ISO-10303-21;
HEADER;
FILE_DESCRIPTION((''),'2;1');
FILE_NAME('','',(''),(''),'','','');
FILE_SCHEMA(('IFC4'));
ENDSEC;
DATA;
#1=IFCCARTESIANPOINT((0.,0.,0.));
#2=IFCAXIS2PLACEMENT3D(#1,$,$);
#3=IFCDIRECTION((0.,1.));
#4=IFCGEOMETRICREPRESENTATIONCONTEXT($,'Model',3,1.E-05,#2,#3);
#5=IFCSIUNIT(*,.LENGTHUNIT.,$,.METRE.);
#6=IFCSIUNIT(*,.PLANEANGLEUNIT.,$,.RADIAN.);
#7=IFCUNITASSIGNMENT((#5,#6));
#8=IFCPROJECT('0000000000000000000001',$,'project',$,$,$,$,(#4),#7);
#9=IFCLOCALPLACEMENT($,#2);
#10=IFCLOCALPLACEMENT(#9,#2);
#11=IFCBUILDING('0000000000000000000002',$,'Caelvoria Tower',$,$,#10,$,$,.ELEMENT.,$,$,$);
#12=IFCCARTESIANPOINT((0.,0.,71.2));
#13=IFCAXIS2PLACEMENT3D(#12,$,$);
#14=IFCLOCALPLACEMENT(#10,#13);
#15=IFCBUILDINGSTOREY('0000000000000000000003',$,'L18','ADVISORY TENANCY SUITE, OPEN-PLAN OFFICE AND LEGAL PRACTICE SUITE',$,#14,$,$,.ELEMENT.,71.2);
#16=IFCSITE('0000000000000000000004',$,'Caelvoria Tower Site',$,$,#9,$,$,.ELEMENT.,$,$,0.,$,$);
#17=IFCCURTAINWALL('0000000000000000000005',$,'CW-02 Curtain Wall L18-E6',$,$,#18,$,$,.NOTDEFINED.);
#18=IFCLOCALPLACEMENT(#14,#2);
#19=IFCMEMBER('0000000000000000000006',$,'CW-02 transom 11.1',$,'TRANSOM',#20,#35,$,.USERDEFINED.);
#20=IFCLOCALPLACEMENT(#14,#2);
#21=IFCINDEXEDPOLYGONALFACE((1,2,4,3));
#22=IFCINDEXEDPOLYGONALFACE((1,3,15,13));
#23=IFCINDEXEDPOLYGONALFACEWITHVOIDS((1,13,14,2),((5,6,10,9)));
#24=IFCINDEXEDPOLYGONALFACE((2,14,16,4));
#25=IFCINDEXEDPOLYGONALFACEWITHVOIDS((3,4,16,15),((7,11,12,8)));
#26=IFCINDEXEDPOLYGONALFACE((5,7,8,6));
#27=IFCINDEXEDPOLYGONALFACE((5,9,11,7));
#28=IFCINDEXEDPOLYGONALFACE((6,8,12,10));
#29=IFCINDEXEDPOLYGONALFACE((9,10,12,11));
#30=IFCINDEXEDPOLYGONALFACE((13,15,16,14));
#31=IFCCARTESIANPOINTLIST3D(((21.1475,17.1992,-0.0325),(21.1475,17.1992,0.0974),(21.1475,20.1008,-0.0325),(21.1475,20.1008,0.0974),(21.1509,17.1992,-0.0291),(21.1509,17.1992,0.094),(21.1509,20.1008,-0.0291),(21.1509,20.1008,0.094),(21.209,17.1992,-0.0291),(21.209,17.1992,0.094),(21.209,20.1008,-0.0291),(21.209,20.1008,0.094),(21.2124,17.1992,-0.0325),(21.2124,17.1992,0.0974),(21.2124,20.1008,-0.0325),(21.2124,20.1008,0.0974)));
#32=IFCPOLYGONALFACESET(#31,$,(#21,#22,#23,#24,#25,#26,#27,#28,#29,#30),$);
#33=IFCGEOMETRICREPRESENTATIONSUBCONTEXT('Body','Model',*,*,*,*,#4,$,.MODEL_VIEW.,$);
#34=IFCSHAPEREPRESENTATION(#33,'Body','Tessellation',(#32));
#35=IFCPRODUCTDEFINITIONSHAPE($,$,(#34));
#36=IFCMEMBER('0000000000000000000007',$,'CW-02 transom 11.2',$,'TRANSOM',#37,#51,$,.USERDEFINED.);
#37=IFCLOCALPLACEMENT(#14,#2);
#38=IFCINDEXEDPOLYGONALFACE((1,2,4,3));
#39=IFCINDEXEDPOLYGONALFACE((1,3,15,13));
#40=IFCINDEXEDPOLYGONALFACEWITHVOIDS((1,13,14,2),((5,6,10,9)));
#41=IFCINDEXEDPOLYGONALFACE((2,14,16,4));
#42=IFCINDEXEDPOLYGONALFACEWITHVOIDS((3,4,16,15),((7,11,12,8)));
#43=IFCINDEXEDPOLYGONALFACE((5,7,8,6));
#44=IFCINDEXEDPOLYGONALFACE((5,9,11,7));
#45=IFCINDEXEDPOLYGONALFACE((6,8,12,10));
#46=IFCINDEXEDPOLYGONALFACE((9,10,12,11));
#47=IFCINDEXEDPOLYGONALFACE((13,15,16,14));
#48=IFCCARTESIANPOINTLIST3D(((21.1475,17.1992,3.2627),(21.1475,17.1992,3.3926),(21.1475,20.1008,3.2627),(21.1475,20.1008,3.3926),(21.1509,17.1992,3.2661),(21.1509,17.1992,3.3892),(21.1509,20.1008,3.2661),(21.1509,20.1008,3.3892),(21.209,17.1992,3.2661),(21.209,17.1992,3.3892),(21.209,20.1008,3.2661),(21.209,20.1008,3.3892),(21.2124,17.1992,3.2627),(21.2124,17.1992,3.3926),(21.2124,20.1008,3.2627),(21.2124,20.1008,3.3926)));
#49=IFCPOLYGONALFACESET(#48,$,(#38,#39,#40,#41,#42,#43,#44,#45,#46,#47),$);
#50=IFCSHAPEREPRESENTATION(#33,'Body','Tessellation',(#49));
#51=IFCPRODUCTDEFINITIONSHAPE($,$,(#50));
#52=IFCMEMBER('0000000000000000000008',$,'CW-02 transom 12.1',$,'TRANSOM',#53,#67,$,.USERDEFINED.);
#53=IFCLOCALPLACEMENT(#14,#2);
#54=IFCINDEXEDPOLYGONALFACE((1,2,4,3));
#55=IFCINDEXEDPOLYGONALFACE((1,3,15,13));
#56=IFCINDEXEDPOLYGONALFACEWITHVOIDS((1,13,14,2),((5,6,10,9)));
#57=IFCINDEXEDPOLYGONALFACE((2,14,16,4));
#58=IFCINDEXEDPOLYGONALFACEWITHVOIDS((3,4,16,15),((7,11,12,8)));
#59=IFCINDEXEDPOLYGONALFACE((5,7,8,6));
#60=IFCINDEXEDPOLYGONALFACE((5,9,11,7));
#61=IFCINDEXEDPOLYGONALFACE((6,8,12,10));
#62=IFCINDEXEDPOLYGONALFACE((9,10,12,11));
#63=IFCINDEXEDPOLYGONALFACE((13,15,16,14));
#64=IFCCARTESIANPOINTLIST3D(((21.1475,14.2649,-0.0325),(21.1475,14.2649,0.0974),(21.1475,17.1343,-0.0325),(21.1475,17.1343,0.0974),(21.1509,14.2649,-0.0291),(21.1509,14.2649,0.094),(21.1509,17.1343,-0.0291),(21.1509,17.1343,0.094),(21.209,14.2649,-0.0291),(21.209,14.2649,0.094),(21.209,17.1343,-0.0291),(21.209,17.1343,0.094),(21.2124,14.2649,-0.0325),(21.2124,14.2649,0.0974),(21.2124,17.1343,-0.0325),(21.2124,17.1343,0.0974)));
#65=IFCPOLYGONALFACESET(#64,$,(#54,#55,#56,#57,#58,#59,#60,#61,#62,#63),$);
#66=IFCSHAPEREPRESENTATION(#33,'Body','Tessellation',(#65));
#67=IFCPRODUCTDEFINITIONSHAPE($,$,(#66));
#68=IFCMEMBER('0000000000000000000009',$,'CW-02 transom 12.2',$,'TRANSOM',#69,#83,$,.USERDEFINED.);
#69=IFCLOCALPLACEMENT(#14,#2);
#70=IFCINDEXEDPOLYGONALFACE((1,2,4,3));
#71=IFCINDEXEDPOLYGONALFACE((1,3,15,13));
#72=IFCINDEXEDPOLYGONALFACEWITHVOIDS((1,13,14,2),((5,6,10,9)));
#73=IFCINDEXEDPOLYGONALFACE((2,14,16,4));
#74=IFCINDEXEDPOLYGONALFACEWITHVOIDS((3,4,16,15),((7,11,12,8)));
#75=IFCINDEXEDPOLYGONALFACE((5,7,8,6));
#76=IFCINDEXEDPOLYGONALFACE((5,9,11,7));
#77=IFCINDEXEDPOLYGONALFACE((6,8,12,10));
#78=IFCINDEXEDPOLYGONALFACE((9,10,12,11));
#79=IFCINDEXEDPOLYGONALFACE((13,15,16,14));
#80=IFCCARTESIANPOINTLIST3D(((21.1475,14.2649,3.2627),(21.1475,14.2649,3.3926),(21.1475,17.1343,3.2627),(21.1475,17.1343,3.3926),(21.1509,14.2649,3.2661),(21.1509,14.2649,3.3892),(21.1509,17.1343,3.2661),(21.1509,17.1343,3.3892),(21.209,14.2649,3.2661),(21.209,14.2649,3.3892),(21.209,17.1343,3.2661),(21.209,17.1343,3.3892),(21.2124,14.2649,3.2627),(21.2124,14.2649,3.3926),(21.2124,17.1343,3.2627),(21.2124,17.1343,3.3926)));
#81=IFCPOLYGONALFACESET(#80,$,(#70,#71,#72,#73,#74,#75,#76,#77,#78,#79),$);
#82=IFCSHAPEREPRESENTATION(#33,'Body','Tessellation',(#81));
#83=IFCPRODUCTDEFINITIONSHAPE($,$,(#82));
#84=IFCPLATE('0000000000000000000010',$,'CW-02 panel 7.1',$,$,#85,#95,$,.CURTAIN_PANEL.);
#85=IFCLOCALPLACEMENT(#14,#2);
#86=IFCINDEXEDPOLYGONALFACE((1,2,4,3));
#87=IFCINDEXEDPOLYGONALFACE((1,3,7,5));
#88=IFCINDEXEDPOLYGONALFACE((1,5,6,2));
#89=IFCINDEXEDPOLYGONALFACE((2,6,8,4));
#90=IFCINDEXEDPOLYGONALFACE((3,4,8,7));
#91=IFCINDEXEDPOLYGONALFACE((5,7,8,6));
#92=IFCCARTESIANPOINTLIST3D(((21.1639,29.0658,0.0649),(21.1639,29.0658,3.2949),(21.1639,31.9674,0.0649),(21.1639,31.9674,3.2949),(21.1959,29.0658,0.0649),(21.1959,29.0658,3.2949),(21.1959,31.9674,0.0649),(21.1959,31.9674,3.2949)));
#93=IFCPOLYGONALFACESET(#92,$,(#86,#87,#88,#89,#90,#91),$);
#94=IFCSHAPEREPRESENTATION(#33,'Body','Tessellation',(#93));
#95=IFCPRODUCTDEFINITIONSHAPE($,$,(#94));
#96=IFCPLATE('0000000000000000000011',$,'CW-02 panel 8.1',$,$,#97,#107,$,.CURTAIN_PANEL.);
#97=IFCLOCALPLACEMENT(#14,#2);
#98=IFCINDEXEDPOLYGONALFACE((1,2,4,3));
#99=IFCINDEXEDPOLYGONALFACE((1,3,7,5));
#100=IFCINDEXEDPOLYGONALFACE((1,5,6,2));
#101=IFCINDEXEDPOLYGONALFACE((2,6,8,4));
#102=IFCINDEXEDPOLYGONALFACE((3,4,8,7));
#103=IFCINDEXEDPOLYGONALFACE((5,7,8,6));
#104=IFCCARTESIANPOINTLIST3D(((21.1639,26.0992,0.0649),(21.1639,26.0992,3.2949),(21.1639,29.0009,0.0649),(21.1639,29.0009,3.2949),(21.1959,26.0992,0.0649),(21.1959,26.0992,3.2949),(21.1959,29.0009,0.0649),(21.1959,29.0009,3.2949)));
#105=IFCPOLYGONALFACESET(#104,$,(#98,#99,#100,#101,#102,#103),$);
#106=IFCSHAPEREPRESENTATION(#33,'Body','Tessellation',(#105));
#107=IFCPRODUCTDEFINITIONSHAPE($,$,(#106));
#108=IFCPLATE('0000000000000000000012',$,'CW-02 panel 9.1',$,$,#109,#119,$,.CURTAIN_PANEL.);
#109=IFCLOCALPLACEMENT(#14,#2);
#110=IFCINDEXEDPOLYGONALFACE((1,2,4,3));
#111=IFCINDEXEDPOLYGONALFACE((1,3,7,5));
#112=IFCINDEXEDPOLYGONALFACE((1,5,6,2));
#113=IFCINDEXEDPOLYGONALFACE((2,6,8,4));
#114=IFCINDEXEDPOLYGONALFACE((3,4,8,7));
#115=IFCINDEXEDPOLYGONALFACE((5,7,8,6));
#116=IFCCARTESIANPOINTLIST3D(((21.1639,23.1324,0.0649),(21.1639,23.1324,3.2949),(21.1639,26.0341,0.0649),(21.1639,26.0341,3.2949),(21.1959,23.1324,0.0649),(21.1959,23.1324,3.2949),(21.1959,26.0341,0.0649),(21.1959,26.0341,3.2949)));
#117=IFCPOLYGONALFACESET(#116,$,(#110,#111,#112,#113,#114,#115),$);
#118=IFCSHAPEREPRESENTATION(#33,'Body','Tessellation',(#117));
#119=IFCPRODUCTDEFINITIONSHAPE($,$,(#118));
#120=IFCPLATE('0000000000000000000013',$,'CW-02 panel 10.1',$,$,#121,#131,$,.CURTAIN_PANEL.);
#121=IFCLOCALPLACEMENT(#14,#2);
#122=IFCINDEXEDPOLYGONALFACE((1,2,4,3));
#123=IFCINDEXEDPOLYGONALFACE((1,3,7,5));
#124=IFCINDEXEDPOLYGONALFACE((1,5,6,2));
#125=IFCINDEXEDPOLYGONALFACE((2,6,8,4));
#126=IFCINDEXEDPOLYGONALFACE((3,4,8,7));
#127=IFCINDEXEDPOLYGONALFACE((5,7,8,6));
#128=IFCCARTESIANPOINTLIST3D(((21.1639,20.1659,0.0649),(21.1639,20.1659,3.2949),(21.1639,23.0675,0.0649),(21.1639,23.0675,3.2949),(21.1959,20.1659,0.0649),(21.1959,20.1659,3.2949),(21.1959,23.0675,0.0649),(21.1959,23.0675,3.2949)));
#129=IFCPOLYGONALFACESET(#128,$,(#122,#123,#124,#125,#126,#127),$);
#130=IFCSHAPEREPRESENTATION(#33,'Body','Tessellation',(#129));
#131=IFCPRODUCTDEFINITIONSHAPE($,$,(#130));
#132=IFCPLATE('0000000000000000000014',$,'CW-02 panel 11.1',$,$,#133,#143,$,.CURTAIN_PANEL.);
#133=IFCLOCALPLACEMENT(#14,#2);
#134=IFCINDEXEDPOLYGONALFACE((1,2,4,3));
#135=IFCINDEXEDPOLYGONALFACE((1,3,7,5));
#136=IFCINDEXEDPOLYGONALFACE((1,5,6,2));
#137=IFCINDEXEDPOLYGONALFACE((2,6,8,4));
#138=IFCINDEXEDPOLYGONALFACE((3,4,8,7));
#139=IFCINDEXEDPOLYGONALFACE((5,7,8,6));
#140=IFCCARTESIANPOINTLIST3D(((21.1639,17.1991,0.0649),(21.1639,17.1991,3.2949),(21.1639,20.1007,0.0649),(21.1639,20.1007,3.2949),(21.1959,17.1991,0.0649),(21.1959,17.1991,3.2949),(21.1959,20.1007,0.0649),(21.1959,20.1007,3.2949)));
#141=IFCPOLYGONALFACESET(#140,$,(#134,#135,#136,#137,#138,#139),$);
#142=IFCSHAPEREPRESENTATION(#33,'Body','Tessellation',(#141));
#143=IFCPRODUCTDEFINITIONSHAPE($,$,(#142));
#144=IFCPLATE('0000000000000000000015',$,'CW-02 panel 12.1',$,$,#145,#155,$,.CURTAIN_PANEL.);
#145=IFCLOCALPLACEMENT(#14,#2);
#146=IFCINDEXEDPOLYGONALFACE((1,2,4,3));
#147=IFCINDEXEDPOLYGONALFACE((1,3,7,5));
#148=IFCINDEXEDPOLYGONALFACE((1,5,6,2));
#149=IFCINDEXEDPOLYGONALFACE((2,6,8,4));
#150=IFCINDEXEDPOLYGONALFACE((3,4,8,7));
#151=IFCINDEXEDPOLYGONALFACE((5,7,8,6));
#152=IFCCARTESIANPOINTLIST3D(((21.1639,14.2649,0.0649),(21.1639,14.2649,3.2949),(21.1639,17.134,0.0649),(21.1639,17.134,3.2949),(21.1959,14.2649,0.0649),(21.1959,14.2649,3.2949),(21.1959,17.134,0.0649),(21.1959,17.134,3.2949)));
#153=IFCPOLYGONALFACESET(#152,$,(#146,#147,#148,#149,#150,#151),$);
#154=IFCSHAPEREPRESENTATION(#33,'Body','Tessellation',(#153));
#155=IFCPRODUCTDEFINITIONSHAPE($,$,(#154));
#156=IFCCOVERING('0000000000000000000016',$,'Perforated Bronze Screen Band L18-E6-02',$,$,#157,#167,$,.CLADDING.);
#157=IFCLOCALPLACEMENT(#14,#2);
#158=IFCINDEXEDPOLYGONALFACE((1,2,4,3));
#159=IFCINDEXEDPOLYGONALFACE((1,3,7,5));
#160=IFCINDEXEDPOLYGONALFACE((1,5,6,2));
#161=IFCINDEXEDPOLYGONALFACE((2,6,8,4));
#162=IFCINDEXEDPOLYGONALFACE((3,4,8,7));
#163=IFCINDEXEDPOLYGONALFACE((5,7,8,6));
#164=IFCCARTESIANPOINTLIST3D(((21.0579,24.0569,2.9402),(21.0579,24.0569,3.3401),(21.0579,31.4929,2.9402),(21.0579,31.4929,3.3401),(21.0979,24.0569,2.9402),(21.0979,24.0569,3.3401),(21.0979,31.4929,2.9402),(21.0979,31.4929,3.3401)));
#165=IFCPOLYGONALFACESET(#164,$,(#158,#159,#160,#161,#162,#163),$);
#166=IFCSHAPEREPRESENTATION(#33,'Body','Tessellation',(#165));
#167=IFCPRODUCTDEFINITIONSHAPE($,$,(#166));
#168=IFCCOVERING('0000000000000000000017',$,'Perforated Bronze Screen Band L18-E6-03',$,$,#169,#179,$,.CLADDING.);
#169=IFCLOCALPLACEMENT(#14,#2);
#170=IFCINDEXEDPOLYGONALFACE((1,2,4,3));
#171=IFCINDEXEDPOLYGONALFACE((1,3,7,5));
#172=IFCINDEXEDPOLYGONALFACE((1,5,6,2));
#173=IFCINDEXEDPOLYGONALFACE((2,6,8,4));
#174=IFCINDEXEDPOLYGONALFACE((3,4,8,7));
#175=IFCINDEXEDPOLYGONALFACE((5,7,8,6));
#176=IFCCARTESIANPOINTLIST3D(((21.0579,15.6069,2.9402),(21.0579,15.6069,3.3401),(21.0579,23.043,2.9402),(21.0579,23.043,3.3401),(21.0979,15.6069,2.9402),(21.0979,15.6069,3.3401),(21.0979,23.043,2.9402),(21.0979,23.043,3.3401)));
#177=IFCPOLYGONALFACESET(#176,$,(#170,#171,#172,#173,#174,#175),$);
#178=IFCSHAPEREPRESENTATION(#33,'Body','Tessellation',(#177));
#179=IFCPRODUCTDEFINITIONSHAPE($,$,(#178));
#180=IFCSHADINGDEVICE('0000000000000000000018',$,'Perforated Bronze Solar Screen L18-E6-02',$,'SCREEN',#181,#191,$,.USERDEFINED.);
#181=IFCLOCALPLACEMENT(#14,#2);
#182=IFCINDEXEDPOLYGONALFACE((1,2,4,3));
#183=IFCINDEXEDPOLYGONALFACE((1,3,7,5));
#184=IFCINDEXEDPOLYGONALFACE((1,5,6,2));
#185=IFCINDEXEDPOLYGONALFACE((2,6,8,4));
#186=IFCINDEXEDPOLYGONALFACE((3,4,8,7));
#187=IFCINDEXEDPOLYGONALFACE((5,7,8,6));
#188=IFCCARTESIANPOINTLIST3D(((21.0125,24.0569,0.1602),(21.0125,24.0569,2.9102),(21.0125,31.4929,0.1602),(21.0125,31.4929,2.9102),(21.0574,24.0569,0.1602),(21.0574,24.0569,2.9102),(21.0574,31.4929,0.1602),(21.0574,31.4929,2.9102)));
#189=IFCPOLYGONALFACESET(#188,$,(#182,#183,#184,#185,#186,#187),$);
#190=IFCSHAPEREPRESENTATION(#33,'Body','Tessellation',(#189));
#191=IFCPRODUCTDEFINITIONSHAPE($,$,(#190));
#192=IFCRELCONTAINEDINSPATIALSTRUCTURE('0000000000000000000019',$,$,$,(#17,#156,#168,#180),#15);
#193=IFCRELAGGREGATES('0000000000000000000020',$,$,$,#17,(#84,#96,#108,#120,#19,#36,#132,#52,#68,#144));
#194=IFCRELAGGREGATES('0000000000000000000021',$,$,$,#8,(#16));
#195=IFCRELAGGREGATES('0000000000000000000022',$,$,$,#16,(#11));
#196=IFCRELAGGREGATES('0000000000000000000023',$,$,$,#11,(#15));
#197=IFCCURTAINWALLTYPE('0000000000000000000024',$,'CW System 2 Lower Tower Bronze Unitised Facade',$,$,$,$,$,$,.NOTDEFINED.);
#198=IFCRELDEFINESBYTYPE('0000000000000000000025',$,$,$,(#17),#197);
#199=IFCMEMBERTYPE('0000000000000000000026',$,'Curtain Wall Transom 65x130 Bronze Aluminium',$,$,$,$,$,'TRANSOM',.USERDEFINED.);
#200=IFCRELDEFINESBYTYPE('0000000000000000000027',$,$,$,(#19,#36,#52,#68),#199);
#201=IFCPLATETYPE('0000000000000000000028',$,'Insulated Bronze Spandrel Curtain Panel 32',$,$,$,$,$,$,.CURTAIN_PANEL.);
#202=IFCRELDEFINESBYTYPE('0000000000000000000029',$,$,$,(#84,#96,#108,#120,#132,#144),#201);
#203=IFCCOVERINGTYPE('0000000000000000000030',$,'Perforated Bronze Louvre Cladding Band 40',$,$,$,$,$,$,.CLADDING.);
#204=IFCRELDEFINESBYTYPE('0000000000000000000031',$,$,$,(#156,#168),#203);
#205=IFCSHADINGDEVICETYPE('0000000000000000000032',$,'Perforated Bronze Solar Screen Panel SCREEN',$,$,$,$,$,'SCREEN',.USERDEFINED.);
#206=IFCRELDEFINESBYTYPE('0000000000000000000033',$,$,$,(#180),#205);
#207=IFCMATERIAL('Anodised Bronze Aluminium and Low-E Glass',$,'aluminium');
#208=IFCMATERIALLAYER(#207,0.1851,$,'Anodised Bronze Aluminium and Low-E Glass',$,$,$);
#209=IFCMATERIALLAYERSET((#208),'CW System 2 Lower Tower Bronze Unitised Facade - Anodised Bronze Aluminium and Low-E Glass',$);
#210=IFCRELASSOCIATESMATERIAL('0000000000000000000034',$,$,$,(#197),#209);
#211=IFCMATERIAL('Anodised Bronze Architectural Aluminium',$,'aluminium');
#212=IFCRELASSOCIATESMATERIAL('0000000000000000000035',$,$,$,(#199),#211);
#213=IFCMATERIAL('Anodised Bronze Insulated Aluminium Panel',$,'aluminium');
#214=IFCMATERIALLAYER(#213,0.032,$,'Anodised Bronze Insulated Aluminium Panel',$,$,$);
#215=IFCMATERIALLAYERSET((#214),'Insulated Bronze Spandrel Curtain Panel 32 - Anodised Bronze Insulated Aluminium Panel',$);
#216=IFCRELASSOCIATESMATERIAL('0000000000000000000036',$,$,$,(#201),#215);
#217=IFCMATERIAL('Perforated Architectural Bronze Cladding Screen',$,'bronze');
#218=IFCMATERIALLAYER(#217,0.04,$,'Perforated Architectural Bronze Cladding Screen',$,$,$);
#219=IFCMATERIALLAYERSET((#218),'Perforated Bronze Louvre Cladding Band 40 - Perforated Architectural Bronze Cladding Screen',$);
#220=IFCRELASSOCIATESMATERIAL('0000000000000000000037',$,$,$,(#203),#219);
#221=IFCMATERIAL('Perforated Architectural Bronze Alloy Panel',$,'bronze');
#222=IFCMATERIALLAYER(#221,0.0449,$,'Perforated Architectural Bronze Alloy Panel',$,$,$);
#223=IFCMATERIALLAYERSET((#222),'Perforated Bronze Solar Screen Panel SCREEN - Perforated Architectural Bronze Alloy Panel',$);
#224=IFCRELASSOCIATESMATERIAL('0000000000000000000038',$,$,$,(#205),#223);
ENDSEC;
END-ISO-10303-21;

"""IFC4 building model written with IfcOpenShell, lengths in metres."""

from ifc_helpers import new_model, si_unit, direction, frame, origin, origin_2d, place, context, subcontext, project, spatial, rectangle, hollow_rectangle, extrude, material, layer, layer_set, material_profile, profile_set, type_object, element, aggregate, save


model = new_model("IFC4")

# Units and contexts
model_context = context("Model", 3, precision=1e-05, world=origin(), true_north=direction((0.0, 1.0)))
body_context = subcontext(model_context, "Body", "Model", "MODEL_VIEW")
ifc_project = project(units=[si_unit("LENGTHUNIT", "METRE"), si_unit("PLANEANGLEUNIT", "RADIAN")], contexts=[model_context])

# Site, building, storey
site_placement = place(None, origin())
site = spatial("IfcSite", under=ifc_project, at=site_placement, Name="Caelvoria Tower Site", CompositionType="ELEMENT", RefElevation=0.0)
building_placement = place(site_placement, origin())
building = spatial("IfcBuilding", under=site, at=building_placement, Name="Caelvoria Tower", CompositionType="ELEMENT")
storey_placement = place(building_placement, frame((0.0, 0.0, 71.2)))
storey = spatial("IfcBuildingStorey", under=building, at=storey_placement, Name="L18", Description="ADVISORY TENANCY SUITE, OPEN-PLAN OFFICE AND LEGAL PRACTICE SUITE", CompositionType="ELEMENT", Elevation=71.2)

# Curtain wall, members, plates
ifc_material_1 = material(Name="Anodised Bronze Aluminium and Low-E Glass", Category="aluminium")
ifc_layer_1 = layer(ifc_material_1, 0.1851, Name="Anodised Bronze Aluminium and Low-E Glass")
ifc_layer_set_1 = layer_set([ifc_layer_1], Name="CW System 2 Lower Tower Bronze Unitised Facade - Anodised Bronze Aluminium and Low-E Glass")
curtain_wall_type = type_object("IfcCurtainWallType", Name="CW System 2 Lower Tower Bronze Unitised Facade", PredefinedType="NOTDEFINED", material=ifc_layer_set_1)
curtain_wall_placement = place(storey_placement, origin())
curtain_wall = element("IfcCurtainWall", 1, at=curtain_wall_placement, inside=storey, type_object=curtain_wall_type, Name="CW-02 Curtain Wall L18-E6", PredefinedType="NOTDEFINED")
ifc_material_2 = material(Name="Anodised Bronze Architectural Aluminium", Category="aluminium")
ifc_material_profile_1 = material_profile(ifc_material_2, hollow_rectangle(XDim=0.0649, YDim=0.1299, WallThickness=0.0034, at=origin_2d()), Name="Anodised Bronze Architectural Aluminium")
ifc_profile_set_1 = profile_set([ifc_material_profile_1], Name="CW_TRAN_65X130 - Anodised Bronze Architectural Aluminium")
member_type_1 = type_object("IfcMemberType", Name="Curtain Wall Transom 65x130 Bronze Aluminium", ElementType="TRANSOM", PredefinedType="USERDEFINED", material=ifc_profile_set_1)
member_1_placement = place(storey_placement, frame((21.1799, 20.1008, 0.0325), z_axis=(0.0, -1.0, 0.0), x_axis=(1.0, 0.0, 0.0)))
member_1 = element("IfcMember", 2, at=member_1_placement, type_object=member_type_1, Name="CW-02 transom 11.1", ObjectType="TRANSOM", PredefinedType="USERDEFINED", context=body_context, shape_type="SweptSolid", body=[
    extrude(hollow_rectangle(XDim=0.0649, YDim=0.1299, WallThickness=0.0034, at=origin_2d()), origin(), (0.0, 0.0, 1.0), 2.9016),
])
member_2_placement = place(storey_placement, frame((21.1799, 20.1008, 3.3276), z_axis=(0.0, -1.0, 0.0), x_axis=(1.0, 0.0, 0.0)))
member_2 = element("IfcMember", 3, at=member_2_placement, type_object=member_type_1, Name="CW-02 transom 11.2", ObjectType="TRANSOM", PredefinedType="USERDEFINED", context=body_context, shape_type="SweptSolid", body=[
    extrude(hollow_rectangle(XDim=0.0649, YDim=0.1299, WallThickness=0.0034, at=origin_2d()), origin(), (0.0, 0.0, 1.0), 2.9016),
])
member_3_placement = place(storey_placement, frame((21.1799, 17.1343, 0.0325), z_axis=(0.0, -1.0, 0.0), x_axis=(1.0, 0.0, 0.0)))
member_3 = element("IfcMember", 4, at=member_3_placement, type_object=member_type_1, Name="CW-02 transom 12.1", ObjectType="TRANSOM", PredefinedType="USERDEFINED", context=body_context, shape_type="SweptSolid", body=[
    extrude(hollow_rectangle(XDim=0.0649, YDim=0.1299, WallThickness=0.0034, at=origin_2d()), origin(), (0.0, 0.0, 1.0), 2.8694),
])
member_4_placement = place(storey_placement, frame((21.1799, 17.1343, 3.3276), z_axis=(0.0, -1.0, 0.0), x_axis=(1.0, 0.0, 0.0)))
member_4 = element("IfcMember", 5, at=member_4_placement, type_object=member_type_1, Name="CW-02 transom 12.2", ObjectType="TRANSOM", PredefinedType="USERDEFINED", context=body_context, shape_type="SweptSolid", body=[
    extrude(hollow_rectangle(XDim=0.0649, YDim=0.1299, WallThickness=0.0034, at=origin_2d()), origin(), (0.0, 0.0, 1.0), 2.8694),
])
ifc_material_3 = material(Name="Anodised Bronze Insulated Aluminium Panel", Category="aluminium")
ifc_layer_2 = layer(ifc_material_3, 0.032, Name="Anodised Bronze Insulated Aluminium Panel")
ifc_layer_set_2 = layer_set([ifc_layer_2], Name="Insulated Bronze Spandrel Curtain Panel 32 - Anodised Bronze Insulated Aluminium Panel")
plate_type = type_object("IfcPlateType", Name="Insulated Bronze Spandrel Curtain Panel 32", PredefinedType="CURTAIN_PANEL", material=ifc_layer_set_2)
plate_1_placement = place(storey_placement, frame((21.1799, 30.5166, 0.0649), z_axis=(0.0, 0.0, 1.0), x_axis=(0.0, -1.0, 0.0)))
plate_1 = element("IfcPlate", 6, at=plate_1_placement, type_object=plate_type, Name="CW-02 panel 7.1", PredefinedType="CURTAIN_PANEL", context=body_context, shape_type="SweptSolid", body=[
    extrude(rectangle(XDim=2.9016, YDim=0.032, at=origin_2d()), origin(), (0.0, 0.0, 1.0), 3.23),
])
plate_2_placement = place(storey_placement, frame((21.1799, 27.55, 0.0649), z_axis=(0.0, 0.0, 1.0), x_axis=(0.0, -1.0, 0.0)))
plate_2 = element("IfcPlate", 7, at=plate_2_placement, type_object=plate_type, Name="CW-02 panel 8.1", PredefinedType="CURTAIN_PANEL", context=body_context, shape_type="SweptSolid", body=[
    extrude(rectangle(XDim=2.9016, YDim=0.032, at=origin_2d()), origin(), (0.0, 0.0, 1.0), 3.23),
])
plate_3_placement = place(storey_placement, frame((21.1799, 24.5833, 0.0649), z_axis=(0.0, 0.0, 1.0), x_axis=(0.0, -1.0, 0.0)))
plate_3 = element("IfcPlate", 8, at=plate_3_placement, type_object=plate_type, Name="CW-02 panel 9.1", PredefinedType="CURTAIN_PANEL", context=body_context, shape_type="SweptSolid", body=[
    extrude(rectangle(XDim=2.9016, YDim=0.032, at=origin_2d()), origin(), (0.0, 0.0, 1.0), 3.23),
])
plate_4_placement = place(storey_placement, frame((21.1799, 21.6167, 0.0649), z_axis=(0.0, 0.0, 1.0), x_axis=(0.0, -1.0, 0.0)))
plate_4 = element("IfcPlate", 9, at=plate_4_placement, type_object=plate_type, Name="CW-02 panel 10.1", PredefinedType="CURTAIN_PANEL", context=body_context, shape_type="SweptSolid", body=[
    extrude(rectangle(XDim=2.9016, YDim=0.032, at=origin_2d()), origin(), (0.0, 0.0, 1.0), 3.23),
])
plate_5_placement = place(storey_placement, frame((21.1799, 18.6499, 0.0649), z_axis=(0.0, 0.0, 1.0), x_axis=(0.0, -1.0, 0.0)))
plate_5 = element("IfcPlate", 10, at=plate_5_placement, type_object=plate_type, Name="CW-02 panel 11.1", PredefinedType="CURTAIN_PANEL", context=body_context, shape_type="SweptSolid", body=[
    extrude(rectangle(XDim=2.9016, YDim=0.032, at=origin_2d()), origin(), (0.0, 0.0, 1.0), 3.23),
])
plate_6_placement = place(storey_placement, frame((21.1799, 15.6995, 0.0649), z_axis=(0.0, 0.0, 1.0), x_axis=(0.0, -1.0, 0.0)))
plate_6 = element("IfcPlate", 11, at=plate_6_placement, type_object=plate_type, Name="CW-02 panel 12.1", PredefinedType="CURTAIN_PANEL", context=body_context, shape_type="SweptSolid", body=[
    extrude(rectangle(XDim=2.8691, YDim=0.032, at=origin_2d()), origin(), (0.0, 0.0, 1.0), 3.23),
])
aggregate(curtain_wall, [plate_1, plate_2, plate_3, plate_4, member_1, member_2, plate_5, member_3, member_4, plate_6])

# Coverings
ifc_material_4 = material(Name="Perforated Architectural Bronze Cladding Screen", Category="bronze")
ifc_layer_3 = layer(ifc_material_4, 0.04, Name="Perforated Architectural Bronze Cladding Screen")
ifc_layer_set_3 = layer_set([ifc_layer_3], Name="Perforated Bronze Louvre Cladding Band 40 - Perforated Architectural Bronze Cladding Screen")
covering_type = type_object("IfcCoveringType", Name="Perforated Bronze Louvre Cladding Band 40", PredefinedType="CLADDING", material=ifc_layer_set_3)
for number, where, z_axis, x_axis, name in (
    (12, (21.0779, 27.7749, 2.9402), (0.0, 0.0, 1.0), (0.0, -1.0, 0.0), "Perforated Bronze Screen Band L18-E6-02"),
    (13, (21.0779, 19.325, 2.9402), (0.0, 0.0, 1.0), (0.0, -1.0, 0.0), "Perforated Bronze Screen Band L18-E6-03"),
):
    element("IfcCovering", number, at=place(storey_placement, frame(where, z_axis=z_axis, x_axis=x_axis)), inside=storey, type_object=covering_type, Name=name, PredefinedType="CLADDING", context=body_context, shape_type="SweptSolid", body=[
        extrude(rectangle(XDim=7.436, YDim=0.04, at=origin_2d()), origin(), (0.0, 0.0, 1.0), 0.3999),
    ])

# Shading device
ifc_material_5 = material(Name="Perforated Architectural Bronze Alloy Panel", Category="bronze")
ifc_layer_4 = layer(ifc_material_5, 0.0449, Name="Perforated Architectural Bronze Alloy Panel")
ifc_layer_set_4 = layer_set([ifc_layer_4], Name="Perforated Bronze Solar Screen Panel SCREEN - Perforated Architectural Bronze Alloy Panel")
shading_device_type = type_object("IfcShadingDeviceType", Name="Perforated Bronze Solar Screen Panel SCREEN", ElementType="SCREEN", PredefinedType="USERDEFINED", material=ifc_layer_set_4)
for number, where, z_axis, x_axis, name in (
    (14, (21.0349, 27.7749, 0.1602), (0.0, 0.0, 1.0), (0.0, -1.0, 0.0), "Perforated Bronze Solar Screen L18-E6-02"),
):
    element("IfcShadingDevice", number, at=place(storey_placement, frame(where, z_axis=z_axis, x_axis=x_axis)), inside=storey, type_object=shading_device_type, Name=name, ObjectType="SCREEN", PredefinedType="USERDEFINED", context=body_context, shape_type="SweptSolid", body=[
        extrude(rectangle(XDim=7.436, YDim=0.0449, at=origin_2d()), origin(), (0.0, 0.0, 1.0), 2.75),
    ])

save(model, "model.ifc")
